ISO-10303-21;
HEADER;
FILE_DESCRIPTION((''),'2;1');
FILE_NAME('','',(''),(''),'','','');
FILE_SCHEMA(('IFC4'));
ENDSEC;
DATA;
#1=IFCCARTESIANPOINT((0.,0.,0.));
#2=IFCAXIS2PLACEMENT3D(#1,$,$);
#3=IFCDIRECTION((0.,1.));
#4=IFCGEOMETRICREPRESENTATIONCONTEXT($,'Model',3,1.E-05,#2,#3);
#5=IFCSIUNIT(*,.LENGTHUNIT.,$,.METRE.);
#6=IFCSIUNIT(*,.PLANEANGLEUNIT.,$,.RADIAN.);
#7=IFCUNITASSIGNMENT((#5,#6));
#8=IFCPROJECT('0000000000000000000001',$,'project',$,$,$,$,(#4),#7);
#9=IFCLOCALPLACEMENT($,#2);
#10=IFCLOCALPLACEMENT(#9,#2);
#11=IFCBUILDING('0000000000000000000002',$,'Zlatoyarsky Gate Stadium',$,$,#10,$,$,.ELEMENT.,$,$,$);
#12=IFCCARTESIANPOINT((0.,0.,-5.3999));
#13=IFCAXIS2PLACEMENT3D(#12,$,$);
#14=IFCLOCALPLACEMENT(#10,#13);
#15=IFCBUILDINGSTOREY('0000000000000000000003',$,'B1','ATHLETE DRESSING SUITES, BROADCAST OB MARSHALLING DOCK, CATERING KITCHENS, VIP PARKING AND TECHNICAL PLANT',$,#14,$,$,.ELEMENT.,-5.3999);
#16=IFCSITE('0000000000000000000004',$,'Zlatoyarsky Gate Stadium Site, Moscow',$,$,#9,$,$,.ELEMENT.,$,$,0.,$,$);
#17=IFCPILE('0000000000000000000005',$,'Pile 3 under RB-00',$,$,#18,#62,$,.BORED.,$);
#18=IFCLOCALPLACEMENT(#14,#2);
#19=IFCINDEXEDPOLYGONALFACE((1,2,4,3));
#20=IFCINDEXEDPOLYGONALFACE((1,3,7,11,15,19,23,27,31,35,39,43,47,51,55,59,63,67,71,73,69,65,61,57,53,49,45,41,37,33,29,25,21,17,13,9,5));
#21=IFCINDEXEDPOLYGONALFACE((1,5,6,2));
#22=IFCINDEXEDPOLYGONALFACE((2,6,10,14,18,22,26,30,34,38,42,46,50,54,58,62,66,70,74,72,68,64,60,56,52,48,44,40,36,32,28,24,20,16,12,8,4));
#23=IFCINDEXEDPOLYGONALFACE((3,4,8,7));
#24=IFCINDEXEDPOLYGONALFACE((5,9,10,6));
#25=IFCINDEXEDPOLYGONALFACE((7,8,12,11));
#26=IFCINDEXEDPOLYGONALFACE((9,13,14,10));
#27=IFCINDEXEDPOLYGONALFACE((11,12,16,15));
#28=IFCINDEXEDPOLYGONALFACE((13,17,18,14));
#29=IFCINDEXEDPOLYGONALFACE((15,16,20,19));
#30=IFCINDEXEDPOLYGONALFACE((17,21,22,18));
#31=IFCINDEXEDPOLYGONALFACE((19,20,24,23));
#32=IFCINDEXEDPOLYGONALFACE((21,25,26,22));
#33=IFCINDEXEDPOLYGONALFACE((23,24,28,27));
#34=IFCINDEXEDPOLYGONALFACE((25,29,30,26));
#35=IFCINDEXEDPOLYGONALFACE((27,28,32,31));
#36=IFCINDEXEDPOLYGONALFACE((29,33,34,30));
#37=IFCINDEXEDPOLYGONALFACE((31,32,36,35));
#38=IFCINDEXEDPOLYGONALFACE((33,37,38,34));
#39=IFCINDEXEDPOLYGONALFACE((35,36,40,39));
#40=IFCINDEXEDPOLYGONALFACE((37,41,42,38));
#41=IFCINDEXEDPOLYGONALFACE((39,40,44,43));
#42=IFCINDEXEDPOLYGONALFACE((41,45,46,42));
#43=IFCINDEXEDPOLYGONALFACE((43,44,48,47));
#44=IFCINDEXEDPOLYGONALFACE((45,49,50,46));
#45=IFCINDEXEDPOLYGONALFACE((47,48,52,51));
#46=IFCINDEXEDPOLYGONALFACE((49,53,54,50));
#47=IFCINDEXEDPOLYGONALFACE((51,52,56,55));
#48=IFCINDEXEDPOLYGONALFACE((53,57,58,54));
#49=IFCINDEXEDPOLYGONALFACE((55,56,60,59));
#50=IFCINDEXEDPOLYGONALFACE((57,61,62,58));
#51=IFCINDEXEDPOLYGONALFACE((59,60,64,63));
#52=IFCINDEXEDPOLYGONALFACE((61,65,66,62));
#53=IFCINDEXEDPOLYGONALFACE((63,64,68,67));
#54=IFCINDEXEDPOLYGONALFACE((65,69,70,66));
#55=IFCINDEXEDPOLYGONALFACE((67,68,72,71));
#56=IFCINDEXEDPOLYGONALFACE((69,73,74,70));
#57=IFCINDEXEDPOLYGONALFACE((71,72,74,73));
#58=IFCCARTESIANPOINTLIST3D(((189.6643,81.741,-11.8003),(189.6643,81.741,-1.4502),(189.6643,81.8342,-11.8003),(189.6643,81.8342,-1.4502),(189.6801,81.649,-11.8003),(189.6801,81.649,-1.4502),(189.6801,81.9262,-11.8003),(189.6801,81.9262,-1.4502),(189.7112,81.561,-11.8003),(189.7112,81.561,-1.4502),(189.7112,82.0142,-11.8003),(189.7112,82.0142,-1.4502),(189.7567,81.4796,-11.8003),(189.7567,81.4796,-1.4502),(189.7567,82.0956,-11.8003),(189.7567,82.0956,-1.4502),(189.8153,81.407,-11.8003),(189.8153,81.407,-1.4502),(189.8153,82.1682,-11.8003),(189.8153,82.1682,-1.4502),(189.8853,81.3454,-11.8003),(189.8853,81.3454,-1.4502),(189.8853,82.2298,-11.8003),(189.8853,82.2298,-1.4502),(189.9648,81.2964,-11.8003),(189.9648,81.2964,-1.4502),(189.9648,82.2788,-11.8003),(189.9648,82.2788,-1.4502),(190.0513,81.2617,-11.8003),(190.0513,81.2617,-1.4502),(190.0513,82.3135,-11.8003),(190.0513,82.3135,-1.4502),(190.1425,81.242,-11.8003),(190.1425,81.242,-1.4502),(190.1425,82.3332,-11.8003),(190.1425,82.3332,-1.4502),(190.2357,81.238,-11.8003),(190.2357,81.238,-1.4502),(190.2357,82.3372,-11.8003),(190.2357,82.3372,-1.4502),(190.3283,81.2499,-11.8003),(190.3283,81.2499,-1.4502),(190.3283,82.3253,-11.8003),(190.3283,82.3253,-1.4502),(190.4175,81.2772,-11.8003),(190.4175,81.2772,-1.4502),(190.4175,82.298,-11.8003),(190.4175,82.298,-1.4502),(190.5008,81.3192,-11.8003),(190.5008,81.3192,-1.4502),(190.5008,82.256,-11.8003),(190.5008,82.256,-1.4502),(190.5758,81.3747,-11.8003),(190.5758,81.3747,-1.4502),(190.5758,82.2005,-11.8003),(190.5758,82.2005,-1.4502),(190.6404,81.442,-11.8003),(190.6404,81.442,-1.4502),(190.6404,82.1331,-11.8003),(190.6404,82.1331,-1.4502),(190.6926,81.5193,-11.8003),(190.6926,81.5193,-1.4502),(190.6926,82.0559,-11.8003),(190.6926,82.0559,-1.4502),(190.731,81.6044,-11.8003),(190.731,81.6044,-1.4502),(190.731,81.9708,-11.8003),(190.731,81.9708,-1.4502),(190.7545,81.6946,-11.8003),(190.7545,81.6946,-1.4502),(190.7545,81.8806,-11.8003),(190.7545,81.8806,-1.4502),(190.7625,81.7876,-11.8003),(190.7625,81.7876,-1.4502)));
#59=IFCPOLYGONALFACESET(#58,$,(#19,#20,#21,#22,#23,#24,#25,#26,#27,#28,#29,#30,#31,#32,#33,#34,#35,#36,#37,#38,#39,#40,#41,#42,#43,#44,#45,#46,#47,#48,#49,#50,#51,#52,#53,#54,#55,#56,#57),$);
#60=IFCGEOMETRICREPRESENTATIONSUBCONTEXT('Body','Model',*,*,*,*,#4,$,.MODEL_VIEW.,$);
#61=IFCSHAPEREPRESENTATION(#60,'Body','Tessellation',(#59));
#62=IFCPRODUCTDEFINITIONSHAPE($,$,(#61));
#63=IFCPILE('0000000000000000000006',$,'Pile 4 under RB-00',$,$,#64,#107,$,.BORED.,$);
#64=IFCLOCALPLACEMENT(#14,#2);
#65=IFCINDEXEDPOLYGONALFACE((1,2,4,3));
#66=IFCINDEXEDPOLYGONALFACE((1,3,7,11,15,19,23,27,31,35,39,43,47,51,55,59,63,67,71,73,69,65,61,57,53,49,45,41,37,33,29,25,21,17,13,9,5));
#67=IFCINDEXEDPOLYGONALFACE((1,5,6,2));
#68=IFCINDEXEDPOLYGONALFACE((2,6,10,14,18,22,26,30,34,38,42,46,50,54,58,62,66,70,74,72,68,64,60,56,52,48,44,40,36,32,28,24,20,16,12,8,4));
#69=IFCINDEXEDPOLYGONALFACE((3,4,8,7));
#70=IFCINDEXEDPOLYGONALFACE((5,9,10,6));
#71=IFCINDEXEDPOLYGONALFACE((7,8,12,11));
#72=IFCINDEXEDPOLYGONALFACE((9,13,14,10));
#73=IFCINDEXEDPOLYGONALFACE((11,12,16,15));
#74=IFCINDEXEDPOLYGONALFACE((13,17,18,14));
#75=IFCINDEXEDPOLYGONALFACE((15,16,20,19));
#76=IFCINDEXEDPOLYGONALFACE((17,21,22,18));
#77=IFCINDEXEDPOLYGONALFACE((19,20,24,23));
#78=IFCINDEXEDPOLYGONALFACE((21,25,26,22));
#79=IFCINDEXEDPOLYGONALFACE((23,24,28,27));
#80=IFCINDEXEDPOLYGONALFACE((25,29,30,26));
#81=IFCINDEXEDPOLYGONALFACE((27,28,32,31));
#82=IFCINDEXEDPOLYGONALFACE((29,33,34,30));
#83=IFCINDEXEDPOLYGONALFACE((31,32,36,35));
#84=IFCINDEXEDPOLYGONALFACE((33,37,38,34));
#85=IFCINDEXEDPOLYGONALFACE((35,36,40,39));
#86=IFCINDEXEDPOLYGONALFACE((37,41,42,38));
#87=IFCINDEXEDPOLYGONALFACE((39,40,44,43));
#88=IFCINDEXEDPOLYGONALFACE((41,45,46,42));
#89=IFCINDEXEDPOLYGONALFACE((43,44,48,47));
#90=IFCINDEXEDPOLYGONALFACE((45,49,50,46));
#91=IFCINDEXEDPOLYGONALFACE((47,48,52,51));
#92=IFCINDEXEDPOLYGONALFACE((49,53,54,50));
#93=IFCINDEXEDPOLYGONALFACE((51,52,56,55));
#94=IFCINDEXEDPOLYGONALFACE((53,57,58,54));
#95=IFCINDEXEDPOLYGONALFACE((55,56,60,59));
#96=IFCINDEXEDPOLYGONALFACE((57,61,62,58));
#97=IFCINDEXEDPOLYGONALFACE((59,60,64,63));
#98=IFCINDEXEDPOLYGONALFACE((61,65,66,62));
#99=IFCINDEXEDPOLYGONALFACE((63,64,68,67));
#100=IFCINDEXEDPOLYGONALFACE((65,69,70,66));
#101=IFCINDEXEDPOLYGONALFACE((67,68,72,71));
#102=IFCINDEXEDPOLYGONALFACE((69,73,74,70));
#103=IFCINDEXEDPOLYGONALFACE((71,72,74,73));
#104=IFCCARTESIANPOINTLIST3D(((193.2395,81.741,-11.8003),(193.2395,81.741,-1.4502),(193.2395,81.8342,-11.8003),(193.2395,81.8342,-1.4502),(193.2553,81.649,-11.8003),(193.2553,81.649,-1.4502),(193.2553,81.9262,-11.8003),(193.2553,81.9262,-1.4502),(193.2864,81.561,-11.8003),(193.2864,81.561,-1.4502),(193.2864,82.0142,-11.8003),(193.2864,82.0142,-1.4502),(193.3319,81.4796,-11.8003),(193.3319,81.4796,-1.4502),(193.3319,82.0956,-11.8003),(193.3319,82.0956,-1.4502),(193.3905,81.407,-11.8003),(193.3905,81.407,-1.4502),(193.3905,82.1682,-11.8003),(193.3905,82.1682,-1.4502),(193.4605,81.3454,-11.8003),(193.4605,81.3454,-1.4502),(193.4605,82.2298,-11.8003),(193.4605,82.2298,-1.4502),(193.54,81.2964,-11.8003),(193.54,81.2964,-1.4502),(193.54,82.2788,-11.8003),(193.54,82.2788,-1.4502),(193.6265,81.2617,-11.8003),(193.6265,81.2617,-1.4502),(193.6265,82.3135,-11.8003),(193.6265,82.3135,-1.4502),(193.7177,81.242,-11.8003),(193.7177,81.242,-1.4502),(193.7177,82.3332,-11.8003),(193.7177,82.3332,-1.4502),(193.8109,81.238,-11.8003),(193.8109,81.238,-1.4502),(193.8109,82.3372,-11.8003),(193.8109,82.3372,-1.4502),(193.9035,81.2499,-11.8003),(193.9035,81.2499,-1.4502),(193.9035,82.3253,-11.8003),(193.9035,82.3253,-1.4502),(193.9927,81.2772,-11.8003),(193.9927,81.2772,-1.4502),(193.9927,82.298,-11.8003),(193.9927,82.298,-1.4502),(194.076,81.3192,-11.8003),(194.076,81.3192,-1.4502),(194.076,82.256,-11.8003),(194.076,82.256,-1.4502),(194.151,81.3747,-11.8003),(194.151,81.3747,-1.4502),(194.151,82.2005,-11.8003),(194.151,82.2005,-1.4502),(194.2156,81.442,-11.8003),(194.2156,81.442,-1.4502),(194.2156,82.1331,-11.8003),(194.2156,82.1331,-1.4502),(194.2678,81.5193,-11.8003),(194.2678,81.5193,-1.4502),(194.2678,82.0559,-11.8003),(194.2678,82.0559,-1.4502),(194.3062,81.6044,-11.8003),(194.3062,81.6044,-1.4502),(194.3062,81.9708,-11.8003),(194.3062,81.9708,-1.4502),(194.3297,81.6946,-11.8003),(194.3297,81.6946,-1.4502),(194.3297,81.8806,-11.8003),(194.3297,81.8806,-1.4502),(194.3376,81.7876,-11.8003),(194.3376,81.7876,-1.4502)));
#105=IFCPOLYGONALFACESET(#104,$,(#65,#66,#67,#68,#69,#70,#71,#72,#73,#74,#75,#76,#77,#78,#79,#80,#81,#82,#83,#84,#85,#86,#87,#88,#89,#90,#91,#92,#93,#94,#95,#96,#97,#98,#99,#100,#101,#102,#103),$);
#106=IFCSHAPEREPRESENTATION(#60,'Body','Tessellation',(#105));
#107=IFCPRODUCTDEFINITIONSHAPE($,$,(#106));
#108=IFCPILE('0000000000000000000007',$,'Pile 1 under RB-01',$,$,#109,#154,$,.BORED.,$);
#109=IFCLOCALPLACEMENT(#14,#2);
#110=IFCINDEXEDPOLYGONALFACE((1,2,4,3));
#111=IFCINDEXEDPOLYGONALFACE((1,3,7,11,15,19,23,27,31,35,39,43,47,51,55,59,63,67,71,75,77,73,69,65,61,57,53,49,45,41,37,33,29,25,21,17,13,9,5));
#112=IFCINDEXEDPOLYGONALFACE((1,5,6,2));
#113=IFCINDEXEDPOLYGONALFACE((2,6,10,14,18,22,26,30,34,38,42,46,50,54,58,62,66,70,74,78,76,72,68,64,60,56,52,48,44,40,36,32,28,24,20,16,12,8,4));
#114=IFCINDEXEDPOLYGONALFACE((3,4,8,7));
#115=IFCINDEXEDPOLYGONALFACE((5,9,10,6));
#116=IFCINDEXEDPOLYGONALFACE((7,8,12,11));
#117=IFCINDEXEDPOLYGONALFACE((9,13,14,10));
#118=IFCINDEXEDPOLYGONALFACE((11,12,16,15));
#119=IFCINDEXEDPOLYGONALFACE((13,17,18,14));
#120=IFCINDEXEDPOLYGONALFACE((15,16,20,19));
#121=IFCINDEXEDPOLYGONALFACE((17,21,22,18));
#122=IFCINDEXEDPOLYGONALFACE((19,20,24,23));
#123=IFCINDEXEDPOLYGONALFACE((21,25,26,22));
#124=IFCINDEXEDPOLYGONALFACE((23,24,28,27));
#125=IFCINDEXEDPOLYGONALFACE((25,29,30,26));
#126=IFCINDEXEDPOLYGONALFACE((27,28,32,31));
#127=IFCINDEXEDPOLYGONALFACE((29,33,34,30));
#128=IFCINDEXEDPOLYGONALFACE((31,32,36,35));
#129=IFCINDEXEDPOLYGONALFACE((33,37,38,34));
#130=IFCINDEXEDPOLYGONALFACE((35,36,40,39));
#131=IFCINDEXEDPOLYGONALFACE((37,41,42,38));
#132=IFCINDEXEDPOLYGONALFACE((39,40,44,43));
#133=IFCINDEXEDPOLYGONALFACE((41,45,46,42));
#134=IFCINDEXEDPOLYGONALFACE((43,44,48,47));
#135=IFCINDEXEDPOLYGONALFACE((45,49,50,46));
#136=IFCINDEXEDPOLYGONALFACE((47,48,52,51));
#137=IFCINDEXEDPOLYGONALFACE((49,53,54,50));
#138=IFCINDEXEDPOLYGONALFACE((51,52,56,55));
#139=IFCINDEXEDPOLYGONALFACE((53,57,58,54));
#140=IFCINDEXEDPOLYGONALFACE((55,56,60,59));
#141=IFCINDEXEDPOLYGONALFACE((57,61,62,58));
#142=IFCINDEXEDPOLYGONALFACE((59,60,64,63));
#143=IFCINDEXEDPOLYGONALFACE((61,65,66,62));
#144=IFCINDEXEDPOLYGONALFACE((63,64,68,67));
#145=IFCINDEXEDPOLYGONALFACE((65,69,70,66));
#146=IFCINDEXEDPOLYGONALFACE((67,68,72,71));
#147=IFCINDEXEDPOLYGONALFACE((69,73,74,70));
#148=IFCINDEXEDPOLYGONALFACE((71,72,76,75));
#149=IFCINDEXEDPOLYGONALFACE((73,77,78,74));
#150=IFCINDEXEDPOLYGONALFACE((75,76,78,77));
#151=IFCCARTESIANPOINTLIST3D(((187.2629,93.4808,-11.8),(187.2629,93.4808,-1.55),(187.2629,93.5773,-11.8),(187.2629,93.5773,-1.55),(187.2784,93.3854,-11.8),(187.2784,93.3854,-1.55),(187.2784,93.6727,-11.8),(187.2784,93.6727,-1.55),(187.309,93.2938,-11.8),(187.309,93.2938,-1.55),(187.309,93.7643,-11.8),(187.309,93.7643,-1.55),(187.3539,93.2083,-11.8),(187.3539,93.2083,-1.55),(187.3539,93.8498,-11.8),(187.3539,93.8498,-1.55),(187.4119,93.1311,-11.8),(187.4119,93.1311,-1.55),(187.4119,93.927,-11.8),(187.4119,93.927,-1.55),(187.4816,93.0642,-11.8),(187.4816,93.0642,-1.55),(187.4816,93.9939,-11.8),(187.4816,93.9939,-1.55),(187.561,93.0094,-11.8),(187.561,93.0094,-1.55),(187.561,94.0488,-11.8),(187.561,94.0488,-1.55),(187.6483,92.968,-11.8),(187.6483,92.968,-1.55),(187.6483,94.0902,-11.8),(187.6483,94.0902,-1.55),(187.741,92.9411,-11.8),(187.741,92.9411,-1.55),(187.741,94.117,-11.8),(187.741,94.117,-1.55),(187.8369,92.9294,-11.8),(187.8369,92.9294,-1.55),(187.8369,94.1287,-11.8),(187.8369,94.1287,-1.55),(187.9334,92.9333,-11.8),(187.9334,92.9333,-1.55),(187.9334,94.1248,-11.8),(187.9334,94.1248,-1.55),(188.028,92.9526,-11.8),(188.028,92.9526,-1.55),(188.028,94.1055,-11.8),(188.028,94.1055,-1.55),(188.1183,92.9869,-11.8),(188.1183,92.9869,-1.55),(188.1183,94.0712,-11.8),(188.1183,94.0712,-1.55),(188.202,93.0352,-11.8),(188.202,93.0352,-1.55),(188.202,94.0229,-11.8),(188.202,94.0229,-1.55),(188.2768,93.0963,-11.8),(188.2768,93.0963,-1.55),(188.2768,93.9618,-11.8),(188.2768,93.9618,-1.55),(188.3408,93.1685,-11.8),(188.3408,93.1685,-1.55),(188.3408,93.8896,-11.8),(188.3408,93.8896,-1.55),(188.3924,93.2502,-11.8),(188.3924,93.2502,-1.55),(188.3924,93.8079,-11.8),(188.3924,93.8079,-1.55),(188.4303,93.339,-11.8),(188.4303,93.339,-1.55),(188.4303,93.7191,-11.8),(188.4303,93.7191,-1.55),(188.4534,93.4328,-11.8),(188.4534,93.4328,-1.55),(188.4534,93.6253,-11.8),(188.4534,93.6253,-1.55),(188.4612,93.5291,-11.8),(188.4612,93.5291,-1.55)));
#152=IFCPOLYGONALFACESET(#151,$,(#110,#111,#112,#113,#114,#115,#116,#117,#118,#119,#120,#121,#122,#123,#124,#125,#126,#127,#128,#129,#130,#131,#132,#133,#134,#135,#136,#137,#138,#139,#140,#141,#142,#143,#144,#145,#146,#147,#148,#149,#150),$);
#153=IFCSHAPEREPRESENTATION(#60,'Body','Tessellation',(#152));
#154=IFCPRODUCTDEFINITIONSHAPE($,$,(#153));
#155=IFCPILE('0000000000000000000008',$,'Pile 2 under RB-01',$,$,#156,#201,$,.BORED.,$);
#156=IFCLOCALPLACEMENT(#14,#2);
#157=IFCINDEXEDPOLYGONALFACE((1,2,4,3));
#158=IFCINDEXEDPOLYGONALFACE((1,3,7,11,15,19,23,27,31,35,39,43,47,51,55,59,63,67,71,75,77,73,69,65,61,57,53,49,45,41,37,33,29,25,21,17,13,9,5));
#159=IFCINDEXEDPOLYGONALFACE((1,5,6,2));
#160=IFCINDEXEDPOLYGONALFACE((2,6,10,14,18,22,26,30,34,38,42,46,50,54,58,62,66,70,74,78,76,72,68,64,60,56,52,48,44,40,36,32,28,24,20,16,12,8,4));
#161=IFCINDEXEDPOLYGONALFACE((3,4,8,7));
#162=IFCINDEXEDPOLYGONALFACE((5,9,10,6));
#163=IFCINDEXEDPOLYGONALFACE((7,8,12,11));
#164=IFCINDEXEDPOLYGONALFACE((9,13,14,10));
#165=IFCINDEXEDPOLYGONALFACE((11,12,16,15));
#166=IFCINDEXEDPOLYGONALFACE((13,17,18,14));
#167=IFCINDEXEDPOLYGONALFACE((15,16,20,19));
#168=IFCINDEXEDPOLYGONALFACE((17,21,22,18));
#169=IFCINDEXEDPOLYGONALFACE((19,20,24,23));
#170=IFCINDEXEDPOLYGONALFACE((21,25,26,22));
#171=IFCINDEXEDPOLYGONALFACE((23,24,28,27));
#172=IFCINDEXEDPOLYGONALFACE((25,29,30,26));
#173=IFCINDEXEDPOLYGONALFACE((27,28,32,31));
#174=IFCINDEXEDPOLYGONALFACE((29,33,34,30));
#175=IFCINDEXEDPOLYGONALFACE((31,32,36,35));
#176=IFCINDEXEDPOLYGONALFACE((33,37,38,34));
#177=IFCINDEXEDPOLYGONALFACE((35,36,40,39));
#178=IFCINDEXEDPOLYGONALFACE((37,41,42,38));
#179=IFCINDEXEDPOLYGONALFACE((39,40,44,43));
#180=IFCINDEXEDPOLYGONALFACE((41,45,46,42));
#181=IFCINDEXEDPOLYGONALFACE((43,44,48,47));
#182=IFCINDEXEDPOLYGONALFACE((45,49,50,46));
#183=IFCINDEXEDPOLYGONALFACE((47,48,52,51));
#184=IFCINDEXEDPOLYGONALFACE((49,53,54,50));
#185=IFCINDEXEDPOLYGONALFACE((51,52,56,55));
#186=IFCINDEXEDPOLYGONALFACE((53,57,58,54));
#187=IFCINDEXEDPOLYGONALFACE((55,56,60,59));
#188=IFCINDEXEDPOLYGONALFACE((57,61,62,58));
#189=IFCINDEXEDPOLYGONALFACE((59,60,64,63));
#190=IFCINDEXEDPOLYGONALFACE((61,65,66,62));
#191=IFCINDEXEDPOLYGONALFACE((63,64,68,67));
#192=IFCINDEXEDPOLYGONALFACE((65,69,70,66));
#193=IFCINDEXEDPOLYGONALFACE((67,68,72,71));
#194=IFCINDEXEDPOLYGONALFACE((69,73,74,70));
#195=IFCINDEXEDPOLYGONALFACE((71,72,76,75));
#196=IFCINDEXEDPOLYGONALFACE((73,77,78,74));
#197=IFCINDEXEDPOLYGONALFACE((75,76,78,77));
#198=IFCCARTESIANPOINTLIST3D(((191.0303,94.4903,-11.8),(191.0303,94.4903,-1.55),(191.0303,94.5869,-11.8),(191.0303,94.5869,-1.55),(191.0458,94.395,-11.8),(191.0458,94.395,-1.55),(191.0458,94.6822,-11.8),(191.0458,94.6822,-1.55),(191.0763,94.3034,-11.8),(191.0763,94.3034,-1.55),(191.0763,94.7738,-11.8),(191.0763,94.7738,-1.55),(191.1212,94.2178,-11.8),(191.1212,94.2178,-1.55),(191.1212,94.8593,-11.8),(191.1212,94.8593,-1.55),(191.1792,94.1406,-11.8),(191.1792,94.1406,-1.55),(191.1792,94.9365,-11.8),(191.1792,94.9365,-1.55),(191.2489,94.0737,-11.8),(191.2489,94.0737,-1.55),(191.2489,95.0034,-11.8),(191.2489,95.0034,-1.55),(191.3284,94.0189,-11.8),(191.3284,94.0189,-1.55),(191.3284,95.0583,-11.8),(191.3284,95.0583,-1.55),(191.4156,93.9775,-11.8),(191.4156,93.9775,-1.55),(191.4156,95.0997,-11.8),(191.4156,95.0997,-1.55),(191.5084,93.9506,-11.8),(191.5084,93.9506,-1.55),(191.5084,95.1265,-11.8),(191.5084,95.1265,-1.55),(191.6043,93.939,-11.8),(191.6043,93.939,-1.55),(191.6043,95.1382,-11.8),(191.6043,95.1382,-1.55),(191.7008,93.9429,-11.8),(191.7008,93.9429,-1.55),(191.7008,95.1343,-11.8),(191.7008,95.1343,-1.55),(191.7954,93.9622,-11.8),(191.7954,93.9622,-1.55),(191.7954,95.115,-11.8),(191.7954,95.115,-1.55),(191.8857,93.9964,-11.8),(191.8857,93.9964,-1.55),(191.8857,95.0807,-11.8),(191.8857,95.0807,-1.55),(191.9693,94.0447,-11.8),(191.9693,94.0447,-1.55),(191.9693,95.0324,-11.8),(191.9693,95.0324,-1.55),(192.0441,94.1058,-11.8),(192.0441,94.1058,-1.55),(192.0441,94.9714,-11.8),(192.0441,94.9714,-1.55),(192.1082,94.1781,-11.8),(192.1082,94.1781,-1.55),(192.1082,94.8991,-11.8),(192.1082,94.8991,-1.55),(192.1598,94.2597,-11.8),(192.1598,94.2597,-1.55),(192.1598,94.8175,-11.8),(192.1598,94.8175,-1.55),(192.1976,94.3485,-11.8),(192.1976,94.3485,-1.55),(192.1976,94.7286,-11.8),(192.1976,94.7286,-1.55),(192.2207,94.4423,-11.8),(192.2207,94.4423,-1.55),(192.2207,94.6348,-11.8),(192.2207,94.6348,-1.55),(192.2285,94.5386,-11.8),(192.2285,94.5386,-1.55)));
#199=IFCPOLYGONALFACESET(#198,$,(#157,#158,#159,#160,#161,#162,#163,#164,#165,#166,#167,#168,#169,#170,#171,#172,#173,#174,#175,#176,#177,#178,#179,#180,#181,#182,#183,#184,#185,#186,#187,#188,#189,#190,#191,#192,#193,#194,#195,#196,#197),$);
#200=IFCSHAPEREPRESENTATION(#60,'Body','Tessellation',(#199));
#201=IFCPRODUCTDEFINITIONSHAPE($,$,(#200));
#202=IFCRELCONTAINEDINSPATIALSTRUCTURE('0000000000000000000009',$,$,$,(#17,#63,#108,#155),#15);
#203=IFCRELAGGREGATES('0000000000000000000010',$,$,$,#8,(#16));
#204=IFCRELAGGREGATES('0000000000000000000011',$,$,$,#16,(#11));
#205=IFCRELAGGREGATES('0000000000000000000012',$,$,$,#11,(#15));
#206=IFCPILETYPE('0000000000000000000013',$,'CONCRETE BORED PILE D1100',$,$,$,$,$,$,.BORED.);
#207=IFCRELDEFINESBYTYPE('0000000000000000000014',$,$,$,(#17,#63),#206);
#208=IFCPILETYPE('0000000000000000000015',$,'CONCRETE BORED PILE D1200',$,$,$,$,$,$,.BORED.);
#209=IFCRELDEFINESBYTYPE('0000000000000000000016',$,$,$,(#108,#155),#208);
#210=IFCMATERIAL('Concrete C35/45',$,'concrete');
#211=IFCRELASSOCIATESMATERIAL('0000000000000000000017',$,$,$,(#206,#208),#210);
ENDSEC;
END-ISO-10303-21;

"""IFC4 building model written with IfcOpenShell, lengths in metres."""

from ifc_helpers import new_model, si_unit, direction, frame, origin, origin_2d, place, context, subcontext, project, spatial, circle, extrude, material, material_profile, profile_set, type_object, element, save


model = new_model("IFC4")

# Units and contexts
model_context = context("Model", 3, precision=1e-05, world=origin(), true_north=direction((0.0, 1.0)))
body_context = subcontext(model_context, "Body", "Model", "MODEL_VIEW")
ifc_project = project(units=[si_unit("LENGTHUNIT", "METRE"), si_unit("PLANEANGLEUNIT", "RADIAN")], contexts=[model_context])

# Site, building, storey
site_placement = place(None, origin())
site = spatial("IfcSite", under=ifc_project, at=site_placement, Name="Zlatoyarsky Gate Stadium Site, Moscow", CompositionType="ELEMENT", RefElevation=0.0)
building_placement = place(site_placement, origin())
building = spatial("IfcBuilding", under=site, at=building_placement, Name="Zlatoyarsky Gate Stadium", CompositionType="ELEMENT")
storey_placement = place(building_placement, frame((0.0, 0.0, -5.3999)))
storey = spatial("IfcBuildingStorey", under=building, at=storey_placement, Name="B1", Description="ATHLETE DRESSING SUITES, BROADCAST OB MARSHALLING DOCK, CATERING KITCHENS, VIP PARKING AND TECHNICAL PLANT", CompositionType="ELEMENT", Elevation=-5.3999)

# Piles
ifc_material_1 = material(Name="Concrete C35/45", Category="concrete")
ifc_material_profile_1 = material_profile(ifc_material_1, circle(Radius=0.55, at=origin_2d()), Name="BORED PILE D1100")
ifc_profile_set_1 = profile_set([ifc_material_profile_1], Name="Concrete C35/45")
pile_type_1 = type_object("IfcPileType", Name="CONCRETE BORED PILE D1100", PredefinedType="BORED", material=ifc_profile_set_1)
for number, where, z_axis, x_axis, name in (
    (1, (190.2124, 81.7876, -1.4502), (0.0, 0.0, -1.0), (1.0, 0.0, 0.0), "Pile 3 under RB-00"),
    (2, (193.7876, 81.7876, -1.4502), (0.0, 0.0, -1.0), (1.0, 0.0, 0.0), "Pile 4 under RB-00"),
):
    element("IfcPile", number, at=place(storey_placement, frame(where, z_axis=z_axis, x_axis=x_axis)), inside=storey, type_object=pile_type_1, Name=name, PredefinedType="BORED", context=body_context, shape_type="SweptSolid", body=[
        extrude(circle(Radius=0.55, at=origin_2d()), origin(), (0.0, 0.0, 1.0), 10.3501),
    ])
ifc_material_profile_2 = material_profile(ifc_material_1, circle(Radius=0.6001, at=origin_2d()), Name="BORED PILE D1200")
ifc_profile_set_2 = profile_set([ifc_material_profile_2], Name="Concrete C35/45")
pile_type_2 = type_object("IfcPileType", Name="CONCRETE BORED PILE D1200", PredefinedType="BORED", material=ifc_profile_set_2)
for number, where, z_axis, x_axis, name in (
    (3, (187.8611, 93.5291, -1.55), (0.0, 0.0, -1.0), (1.0, 0.0, 0.0), "Pile 1 under RB-01"),
    (4, (191.6284, 94.5386, -1.55), (0.0, 0.0, -1.0), (1.0, 0.0, 0.0), "Pile 2 under RB-01"),
):
    element("IfcPile", number, at=place(storey_placement, frame(where, z_axis=z_axis, x_axis=x_axis)), inside=storey, type_object=pile_type_2, Name=name, PredefinedType="BORED", context=body_context, shape_type="SweptSolid", body=[
        extrude(circle(Radius=0.6001, at=origin_2d()), origin(), (0.0, 0.0, 1.0), 10.25),
    ])

save(model, "model.ifc")
